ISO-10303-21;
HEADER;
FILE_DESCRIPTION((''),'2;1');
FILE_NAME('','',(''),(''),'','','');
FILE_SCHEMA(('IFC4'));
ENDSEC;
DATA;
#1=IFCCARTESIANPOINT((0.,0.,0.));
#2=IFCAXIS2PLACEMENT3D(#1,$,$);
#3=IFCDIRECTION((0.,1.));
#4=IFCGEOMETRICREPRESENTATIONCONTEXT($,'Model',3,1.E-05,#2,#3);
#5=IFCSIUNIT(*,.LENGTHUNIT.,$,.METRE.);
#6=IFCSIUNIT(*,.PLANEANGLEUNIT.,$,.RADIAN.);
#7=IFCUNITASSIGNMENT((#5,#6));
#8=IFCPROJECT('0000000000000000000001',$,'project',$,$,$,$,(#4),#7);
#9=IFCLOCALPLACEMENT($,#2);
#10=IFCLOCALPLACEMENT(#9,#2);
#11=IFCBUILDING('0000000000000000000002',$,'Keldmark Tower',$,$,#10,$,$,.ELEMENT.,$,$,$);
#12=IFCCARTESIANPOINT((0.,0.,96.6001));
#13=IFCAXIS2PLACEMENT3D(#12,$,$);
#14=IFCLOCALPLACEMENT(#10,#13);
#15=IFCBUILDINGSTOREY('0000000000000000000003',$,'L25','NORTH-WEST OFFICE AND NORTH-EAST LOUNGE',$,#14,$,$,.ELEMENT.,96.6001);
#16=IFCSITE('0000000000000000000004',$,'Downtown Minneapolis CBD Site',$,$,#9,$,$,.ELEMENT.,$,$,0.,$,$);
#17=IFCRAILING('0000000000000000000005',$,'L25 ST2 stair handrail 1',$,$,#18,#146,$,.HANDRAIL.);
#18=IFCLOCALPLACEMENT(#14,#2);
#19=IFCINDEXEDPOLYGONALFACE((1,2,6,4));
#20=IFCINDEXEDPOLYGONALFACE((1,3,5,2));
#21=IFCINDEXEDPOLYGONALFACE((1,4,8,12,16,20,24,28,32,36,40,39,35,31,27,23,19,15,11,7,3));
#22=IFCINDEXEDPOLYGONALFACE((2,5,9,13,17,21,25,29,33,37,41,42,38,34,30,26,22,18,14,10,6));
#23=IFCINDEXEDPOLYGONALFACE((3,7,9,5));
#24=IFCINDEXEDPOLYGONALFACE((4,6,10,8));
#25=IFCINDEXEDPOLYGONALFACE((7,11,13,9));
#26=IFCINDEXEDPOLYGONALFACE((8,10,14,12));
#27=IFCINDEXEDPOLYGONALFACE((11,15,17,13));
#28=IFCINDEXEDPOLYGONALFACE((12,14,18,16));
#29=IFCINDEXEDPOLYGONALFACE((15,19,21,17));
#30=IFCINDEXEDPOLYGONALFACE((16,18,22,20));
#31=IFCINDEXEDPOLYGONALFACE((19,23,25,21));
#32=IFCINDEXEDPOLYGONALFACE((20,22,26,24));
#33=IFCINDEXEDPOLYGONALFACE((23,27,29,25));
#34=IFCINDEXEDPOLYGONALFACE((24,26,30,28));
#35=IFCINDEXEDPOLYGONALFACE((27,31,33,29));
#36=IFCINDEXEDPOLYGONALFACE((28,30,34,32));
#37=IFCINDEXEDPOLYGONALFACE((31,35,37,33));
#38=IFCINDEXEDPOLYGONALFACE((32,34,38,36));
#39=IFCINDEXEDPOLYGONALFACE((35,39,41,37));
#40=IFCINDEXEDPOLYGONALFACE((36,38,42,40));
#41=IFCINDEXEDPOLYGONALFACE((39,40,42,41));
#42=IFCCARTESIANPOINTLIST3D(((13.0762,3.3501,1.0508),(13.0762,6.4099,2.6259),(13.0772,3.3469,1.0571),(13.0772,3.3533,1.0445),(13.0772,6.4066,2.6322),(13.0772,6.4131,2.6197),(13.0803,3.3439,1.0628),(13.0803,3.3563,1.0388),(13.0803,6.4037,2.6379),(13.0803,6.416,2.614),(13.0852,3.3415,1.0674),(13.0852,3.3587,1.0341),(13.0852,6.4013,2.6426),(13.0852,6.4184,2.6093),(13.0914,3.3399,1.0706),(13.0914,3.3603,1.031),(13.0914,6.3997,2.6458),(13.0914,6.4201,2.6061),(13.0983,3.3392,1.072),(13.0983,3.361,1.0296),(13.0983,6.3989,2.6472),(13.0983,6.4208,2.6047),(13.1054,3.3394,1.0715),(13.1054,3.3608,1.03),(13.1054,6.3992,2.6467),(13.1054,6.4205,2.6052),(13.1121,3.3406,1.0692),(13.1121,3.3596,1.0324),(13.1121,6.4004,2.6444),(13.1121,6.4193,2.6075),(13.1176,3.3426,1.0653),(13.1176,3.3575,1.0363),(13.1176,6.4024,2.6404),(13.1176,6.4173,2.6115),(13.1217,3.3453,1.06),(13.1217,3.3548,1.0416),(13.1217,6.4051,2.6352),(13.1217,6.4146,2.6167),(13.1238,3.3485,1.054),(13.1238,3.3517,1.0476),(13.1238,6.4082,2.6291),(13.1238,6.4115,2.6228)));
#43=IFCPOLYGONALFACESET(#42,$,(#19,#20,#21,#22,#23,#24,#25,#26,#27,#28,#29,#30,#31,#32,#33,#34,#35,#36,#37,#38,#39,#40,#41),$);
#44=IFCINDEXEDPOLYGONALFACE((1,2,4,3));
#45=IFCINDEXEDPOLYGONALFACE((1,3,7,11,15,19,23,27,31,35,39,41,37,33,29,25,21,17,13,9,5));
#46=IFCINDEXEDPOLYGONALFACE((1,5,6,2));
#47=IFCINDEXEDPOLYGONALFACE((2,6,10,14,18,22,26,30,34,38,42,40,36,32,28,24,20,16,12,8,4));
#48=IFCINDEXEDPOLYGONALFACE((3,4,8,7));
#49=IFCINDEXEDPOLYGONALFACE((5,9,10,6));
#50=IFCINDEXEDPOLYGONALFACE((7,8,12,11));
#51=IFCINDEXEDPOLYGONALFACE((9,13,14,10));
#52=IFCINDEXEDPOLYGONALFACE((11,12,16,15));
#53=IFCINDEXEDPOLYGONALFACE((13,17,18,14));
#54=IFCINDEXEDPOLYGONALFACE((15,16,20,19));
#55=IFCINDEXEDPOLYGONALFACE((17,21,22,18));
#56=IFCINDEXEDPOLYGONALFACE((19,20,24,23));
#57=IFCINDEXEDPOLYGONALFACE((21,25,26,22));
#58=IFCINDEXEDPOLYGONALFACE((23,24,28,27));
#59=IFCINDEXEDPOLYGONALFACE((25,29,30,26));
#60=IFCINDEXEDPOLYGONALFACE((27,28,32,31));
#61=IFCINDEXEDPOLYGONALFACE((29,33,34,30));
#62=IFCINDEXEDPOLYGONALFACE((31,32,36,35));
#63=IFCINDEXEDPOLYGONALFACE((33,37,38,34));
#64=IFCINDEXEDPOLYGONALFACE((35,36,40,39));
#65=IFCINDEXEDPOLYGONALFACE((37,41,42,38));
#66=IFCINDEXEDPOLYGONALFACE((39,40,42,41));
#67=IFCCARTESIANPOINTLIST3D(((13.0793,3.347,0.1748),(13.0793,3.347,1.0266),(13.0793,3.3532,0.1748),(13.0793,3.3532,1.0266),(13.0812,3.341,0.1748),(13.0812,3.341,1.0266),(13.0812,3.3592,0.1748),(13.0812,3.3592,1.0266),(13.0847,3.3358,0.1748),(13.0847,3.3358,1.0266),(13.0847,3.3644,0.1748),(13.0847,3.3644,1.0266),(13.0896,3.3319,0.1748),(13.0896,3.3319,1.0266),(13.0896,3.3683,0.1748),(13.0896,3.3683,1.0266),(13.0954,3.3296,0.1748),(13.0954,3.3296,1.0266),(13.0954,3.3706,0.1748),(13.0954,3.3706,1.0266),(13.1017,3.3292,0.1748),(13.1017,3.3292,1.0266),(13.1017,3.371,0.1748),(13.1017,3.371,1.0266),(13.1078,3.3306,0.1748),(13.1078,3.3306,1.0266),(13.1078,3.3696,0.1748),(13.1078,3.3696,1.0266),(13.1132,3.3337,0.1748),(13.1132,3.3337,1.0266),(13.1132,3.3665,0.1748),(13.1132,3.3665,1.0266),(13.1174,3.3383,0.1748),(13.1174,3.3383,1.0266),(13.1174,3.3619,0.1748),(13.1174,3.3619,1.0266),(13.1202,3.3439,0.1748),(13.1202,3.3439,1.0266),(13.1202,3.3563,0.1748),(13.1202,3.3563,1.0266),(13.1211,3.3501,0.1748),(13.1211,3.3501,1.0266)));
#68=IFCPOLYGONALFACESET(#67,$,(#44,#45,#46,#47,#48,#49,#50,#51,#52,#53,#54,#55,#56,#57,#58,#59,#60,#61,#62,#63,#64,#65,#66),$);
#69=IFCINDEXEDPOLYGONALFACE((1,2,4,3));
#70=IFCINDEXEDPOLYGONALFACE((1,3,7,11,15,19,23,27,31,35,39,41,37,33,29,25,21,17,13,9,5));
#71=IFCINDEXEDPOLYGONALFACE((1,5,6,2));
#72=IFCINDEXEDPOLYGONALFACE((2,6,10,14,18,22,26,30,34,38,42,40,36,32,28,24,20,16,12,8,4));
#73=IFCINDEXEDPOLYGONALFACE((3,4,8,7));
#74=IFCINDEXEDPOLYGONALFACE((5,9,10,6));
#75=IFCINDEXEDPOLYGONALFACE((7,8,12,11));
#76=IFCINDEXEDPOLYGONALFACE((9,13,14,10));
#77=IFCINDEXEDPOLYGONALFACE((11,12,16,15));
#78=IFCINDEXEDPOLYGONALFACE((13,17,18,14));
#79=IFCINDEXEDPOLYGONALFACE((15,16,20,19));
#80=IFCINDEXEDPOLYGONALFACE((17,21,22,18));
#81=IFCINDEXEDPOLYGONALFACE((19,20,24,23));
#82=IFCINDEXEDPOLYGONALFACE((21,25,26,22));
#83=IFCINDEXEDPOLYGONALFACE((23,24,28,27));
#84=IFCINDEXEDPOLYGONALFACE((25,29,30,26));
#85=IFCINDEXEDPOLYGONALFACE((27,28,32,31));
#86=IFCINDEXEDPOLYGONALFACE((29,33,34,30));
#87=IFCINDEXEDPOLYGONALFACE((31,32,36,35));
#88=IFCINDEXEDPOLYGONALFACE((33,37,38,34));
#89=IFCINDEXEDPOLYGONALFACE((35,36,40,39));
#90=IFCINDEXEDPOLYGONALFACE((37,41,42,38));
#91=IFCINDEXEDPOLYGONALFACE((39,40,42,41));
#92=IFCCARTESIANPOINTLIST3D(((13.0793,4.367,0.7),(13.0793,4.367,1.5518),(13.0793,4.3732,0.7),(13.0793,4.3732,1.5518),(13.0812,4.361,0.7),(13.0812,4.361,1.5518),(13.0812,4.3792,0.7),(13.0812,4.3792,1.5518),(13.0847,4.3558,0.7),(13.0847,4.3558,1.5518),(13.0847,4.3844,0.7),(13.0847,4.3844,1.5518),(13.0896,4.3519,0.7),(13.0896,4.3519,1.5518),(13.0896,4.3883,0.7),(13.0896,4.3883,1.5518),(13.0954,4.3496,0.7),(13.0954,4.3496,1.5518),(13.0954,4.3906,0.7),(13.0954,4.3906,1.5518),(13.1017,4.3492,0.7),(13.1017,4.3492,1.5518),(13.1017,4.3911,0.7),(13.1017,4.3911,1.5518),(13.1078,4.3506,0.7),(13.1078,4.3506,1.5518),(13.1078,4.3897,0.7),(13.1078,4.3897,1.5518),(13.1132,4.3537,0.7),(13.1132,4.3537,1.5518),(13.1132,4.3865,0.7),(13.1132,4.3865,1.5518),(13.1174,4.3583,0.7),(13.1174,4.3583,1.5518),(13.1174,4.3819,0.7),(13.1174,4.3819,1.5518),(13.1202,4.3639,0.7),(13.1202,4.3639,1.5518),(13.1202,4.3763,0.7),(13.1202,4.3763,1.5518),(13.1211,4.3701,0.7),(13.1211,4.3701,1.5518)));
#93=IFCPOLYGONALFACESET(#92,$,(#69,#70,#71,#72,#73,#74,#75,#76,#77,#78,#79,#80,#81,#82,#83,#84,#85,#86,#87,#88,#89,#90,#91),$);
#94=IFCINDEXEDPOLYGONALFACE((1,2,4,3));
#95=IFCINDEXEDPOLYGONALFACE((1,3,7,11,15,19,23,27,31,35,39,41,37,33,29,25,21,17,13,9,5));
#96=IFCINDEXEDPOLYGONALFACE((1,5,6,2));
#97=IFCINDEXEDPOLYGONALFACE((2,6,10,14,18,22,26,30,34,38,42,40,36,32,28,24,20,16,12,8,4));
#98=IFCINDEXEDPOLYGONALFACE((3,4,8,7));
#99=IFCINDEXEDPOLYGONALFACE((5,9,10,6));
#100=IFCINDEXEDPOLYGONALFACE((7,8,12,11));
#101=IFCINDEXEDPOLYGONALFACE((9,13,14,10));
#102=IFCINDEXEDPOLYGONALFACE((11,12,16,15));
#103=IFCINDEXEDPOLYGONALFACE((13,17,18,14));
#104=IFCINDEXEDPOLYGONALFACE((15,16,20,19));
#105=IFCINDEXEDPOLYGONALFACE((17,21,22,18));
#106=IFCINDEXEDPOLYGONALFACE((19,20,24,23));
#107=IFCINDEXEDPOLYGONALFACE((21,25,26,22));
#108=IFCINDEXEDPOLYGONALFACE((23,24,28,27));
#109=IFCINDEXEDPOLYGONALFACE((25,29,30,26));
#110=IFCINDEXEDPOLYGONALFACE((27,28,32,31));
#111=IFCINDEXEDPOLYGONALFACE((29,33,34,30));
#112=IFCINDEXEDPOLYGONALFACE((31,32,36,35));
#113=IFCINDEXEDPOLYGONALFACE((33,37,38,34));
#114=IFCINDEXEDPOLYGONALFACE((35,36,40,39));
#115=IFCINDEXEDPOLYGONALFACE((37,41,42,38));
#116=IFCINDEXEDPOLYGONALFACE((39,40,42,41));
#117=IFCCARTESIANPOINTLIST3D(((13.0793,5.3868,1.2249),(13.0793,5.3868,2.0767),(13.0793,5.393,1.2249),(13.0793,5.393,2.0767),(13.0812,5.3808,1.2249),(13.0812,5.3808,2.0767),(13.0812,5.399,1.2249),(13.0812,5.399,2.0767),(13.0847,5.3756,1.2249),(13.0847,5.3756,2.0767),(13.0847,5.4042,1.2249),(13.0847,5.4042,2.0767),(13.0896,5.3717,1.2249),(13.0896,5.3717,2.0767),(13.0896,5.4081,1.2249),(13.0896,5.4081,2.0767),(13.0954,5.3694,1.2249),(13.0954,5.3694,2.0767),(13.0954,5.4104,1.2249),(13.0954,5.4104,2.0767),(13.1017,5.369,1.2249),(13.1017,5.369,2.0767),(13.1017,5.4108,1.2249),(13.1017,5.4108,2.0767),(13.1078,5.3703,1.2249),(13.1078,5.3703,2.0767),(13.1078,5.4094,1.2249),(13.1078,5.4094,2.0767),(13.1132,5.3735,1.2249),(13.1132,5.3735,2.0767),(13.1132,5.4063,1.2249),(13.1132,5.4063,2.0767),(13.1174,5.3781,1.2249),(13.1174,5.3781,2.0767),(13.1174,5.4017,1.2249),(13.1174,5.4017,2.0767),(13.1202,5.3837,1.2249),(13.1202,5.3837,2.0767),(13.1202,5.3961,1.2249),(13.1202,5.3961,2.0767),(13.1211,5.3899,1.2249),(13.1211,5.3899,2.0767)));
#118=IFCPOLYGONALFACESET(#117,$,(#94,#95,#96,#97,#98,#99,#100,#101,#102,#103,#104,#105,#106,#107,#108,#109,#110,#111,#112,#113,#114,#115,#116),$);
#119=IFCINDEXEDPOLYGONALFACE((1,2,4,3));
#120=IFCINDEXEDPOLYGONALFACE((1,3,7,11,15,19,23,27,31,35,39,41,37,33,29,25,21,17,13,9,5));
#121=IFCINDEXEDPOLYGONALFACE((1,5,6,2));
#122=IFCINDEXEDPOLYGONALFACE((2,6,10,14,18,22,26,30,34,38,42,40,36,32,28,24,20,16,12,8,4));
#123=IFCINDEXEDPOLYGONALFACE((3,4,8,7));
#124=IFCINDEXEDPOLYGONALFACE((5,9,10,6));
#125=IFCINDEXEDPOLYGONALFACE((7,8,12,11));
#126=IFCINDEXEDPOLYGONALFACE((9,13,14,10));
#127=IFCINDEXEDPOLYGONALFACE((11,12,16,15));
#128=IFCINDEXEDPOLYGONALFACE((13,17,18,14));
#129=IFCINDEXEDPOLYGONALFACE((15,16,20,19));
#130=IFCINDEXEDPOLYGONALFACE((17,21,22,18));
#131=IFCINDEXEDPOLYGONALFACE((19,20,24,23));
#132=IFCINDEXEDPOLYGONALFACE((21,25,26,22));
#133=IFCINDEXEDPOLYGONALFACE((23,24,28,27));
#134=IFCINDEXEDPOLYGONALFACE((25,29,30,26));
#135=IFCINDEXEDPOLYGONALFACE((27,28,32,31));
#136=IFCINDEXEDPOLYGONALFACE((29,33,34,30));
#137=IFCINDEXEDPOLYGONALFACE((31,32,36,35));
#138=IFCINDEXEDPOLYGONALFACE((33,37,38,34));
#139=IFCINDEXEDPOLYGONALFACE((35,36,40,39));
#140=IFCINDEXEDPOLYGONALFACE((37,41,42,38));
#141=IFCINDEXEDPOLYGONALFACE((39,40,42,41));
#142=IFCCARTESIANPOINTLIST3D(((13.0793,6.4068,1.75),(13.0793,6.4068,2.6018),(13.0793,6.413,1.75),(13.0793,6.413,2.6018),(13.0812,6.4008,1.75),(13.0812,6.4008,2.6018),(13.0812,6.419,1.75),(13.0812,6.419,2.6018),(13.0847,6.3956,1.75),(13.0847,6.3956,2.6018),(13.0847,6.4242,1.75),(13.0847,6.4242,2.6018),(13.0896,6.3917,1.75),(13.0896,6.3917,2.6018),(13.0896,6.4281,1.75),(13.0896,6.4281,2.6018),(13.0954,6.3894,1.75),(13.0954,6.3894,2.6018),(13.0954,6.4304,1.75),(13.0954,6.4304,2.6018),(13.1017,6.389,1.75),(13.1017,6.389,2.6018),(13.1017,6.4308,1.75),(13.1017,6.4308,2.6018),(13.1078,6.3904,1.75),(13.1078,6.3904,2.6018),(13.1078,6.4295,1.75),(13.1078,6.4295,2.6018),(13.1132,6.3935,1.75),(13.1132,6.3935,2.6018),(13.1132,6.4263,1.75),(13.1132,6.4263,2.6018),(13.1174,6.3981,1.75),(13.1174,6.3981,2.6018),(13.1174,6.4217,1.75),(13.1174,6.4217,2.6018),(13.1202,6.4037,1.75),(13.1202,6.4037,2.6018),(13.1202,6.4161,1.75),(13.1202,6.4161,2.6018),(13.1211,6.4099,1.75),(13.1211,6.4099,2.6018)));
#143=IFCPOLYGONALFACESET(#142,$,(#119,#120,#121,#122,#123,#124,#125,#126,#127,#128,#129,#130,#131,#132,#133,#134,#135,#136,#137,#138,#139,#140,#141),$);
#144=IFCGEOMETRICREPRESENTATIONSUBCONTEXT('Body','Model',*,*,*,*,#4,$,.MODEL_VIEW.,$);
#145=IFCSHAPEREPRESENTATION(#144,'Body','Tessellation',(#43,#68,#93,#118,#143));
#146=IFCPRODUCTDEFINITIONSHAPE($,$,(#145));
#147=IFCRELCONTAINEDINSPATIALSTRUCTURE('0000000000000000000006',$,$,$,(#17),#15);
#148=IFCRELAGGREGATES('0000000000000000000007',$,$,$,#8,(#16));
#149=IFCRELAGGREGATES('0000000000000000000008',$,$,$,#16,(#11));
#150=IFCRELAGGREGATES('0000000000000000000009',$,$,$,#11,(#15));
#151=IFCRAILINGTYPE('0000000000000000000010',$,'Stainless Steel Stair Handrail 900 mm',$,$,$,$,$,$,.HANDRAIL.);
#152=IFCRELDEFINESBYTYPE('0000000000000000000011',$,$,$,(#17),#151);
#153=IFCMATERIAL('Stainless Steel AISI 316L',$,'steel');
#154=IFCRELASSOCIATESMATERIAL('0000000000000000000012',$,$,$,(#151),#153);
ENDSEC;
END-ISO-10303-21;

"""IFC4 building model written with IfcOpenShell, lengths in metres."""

from ifc_helpers import new_model, si_unit, direction, frame, origin, origin_2d, place, context, subcontext, project, spatial, circle, extrude, material, type_object, element, save


model = new_model("IFC4")

# Units and contexts
model_context = context("Model", 3, precision=1e-05, world=origin(), true_north=direction((0.0, 1.0)))
body_context = subcontext(model_context, "Body", "Model", "MODEL_VIEW")
ifc_project = project(units=[si_unit("LENGTHUNIT", "METRE"), si_unit("PLANEANGLEUNIT", "RADIAN")], contexts=[model_context])

# Site, building, storey
site_placement = place(None, origin())
site = spatial("IfcSite", under=ifc_project, at=site_placement, Name="Downtown Minneapolis CBD Site", CompositionType="ELEMENT", RefElevation=0.0)
building_placement = place(site_placement, origin())
building = spatial("IfcBuilding", under=site, at=building_placement, Name="Keldmark Tower", CompositionType="ELEMENT")
storey_placement = place(building_placement, frame((0.0, 0.0, 96.6001)))
storey = spatial("IfcBuildingStorey", under=building, at=storey_placement, Name="L25", Description="NORTH-WEST OFFICE AND NORTH-EAST LOUNGE", CompositionType="ELEMENT", Elevation=96.6001)

# Railing
ifc_material_1 = material(Name="Stainless Steel AISI 316L", Category="steel")
railing_type_1 = type_object("IfcRailingType", Name="Stainless Steel Stair Handrail 900 mm", PredefinedType="HANDRAIL", material=ifc_material_1)
railing_1_placement = place(storey_placement, frame((13.1001, 3.3501, 0.1748)))
element("IfcRailing", 1, at=railing_1_placement, inside=storey, type_object=railing_type_1, Name="L25 ST2 stair handrail 1", PredefinedType="HANDRAIL", context=body_context, shape_type="SweptSolid", body=[
    extrude(circle(Radius=0.0239, at=origin_2d()), frame((0.0, 0.0, 0.876), z_axis=(0.0, 0.889101, 0.45771), x_axis=(-1.0, 0.0, 0.0)), (0.0, 0.0, 1.0), 3.4414),
    extrude(circle(Radius=0.021, at=origin_2d()), origin(), (0.0, 0.0, 1.0), 0.8518),
    extrude(circle(Radius=0.021, at=origin_2d()), frame((0.0, 1.02, 0.5251)), (0.0, 0.0, 1.0), 0.8518),
    extrude(circle(Radius=0.021, at=origin_2d()), frame((0.0, 2.0398, 1.05)), (0.0, 0.0, 1.0), 0.8518),
    extrude(circle(Radius=0.021, at=origin_2d()), frame((0.0, 3.0598, 1.5752)), (0.0, 0.0, 1.0), 0.8518),
])

save(model, "model.ifc")
